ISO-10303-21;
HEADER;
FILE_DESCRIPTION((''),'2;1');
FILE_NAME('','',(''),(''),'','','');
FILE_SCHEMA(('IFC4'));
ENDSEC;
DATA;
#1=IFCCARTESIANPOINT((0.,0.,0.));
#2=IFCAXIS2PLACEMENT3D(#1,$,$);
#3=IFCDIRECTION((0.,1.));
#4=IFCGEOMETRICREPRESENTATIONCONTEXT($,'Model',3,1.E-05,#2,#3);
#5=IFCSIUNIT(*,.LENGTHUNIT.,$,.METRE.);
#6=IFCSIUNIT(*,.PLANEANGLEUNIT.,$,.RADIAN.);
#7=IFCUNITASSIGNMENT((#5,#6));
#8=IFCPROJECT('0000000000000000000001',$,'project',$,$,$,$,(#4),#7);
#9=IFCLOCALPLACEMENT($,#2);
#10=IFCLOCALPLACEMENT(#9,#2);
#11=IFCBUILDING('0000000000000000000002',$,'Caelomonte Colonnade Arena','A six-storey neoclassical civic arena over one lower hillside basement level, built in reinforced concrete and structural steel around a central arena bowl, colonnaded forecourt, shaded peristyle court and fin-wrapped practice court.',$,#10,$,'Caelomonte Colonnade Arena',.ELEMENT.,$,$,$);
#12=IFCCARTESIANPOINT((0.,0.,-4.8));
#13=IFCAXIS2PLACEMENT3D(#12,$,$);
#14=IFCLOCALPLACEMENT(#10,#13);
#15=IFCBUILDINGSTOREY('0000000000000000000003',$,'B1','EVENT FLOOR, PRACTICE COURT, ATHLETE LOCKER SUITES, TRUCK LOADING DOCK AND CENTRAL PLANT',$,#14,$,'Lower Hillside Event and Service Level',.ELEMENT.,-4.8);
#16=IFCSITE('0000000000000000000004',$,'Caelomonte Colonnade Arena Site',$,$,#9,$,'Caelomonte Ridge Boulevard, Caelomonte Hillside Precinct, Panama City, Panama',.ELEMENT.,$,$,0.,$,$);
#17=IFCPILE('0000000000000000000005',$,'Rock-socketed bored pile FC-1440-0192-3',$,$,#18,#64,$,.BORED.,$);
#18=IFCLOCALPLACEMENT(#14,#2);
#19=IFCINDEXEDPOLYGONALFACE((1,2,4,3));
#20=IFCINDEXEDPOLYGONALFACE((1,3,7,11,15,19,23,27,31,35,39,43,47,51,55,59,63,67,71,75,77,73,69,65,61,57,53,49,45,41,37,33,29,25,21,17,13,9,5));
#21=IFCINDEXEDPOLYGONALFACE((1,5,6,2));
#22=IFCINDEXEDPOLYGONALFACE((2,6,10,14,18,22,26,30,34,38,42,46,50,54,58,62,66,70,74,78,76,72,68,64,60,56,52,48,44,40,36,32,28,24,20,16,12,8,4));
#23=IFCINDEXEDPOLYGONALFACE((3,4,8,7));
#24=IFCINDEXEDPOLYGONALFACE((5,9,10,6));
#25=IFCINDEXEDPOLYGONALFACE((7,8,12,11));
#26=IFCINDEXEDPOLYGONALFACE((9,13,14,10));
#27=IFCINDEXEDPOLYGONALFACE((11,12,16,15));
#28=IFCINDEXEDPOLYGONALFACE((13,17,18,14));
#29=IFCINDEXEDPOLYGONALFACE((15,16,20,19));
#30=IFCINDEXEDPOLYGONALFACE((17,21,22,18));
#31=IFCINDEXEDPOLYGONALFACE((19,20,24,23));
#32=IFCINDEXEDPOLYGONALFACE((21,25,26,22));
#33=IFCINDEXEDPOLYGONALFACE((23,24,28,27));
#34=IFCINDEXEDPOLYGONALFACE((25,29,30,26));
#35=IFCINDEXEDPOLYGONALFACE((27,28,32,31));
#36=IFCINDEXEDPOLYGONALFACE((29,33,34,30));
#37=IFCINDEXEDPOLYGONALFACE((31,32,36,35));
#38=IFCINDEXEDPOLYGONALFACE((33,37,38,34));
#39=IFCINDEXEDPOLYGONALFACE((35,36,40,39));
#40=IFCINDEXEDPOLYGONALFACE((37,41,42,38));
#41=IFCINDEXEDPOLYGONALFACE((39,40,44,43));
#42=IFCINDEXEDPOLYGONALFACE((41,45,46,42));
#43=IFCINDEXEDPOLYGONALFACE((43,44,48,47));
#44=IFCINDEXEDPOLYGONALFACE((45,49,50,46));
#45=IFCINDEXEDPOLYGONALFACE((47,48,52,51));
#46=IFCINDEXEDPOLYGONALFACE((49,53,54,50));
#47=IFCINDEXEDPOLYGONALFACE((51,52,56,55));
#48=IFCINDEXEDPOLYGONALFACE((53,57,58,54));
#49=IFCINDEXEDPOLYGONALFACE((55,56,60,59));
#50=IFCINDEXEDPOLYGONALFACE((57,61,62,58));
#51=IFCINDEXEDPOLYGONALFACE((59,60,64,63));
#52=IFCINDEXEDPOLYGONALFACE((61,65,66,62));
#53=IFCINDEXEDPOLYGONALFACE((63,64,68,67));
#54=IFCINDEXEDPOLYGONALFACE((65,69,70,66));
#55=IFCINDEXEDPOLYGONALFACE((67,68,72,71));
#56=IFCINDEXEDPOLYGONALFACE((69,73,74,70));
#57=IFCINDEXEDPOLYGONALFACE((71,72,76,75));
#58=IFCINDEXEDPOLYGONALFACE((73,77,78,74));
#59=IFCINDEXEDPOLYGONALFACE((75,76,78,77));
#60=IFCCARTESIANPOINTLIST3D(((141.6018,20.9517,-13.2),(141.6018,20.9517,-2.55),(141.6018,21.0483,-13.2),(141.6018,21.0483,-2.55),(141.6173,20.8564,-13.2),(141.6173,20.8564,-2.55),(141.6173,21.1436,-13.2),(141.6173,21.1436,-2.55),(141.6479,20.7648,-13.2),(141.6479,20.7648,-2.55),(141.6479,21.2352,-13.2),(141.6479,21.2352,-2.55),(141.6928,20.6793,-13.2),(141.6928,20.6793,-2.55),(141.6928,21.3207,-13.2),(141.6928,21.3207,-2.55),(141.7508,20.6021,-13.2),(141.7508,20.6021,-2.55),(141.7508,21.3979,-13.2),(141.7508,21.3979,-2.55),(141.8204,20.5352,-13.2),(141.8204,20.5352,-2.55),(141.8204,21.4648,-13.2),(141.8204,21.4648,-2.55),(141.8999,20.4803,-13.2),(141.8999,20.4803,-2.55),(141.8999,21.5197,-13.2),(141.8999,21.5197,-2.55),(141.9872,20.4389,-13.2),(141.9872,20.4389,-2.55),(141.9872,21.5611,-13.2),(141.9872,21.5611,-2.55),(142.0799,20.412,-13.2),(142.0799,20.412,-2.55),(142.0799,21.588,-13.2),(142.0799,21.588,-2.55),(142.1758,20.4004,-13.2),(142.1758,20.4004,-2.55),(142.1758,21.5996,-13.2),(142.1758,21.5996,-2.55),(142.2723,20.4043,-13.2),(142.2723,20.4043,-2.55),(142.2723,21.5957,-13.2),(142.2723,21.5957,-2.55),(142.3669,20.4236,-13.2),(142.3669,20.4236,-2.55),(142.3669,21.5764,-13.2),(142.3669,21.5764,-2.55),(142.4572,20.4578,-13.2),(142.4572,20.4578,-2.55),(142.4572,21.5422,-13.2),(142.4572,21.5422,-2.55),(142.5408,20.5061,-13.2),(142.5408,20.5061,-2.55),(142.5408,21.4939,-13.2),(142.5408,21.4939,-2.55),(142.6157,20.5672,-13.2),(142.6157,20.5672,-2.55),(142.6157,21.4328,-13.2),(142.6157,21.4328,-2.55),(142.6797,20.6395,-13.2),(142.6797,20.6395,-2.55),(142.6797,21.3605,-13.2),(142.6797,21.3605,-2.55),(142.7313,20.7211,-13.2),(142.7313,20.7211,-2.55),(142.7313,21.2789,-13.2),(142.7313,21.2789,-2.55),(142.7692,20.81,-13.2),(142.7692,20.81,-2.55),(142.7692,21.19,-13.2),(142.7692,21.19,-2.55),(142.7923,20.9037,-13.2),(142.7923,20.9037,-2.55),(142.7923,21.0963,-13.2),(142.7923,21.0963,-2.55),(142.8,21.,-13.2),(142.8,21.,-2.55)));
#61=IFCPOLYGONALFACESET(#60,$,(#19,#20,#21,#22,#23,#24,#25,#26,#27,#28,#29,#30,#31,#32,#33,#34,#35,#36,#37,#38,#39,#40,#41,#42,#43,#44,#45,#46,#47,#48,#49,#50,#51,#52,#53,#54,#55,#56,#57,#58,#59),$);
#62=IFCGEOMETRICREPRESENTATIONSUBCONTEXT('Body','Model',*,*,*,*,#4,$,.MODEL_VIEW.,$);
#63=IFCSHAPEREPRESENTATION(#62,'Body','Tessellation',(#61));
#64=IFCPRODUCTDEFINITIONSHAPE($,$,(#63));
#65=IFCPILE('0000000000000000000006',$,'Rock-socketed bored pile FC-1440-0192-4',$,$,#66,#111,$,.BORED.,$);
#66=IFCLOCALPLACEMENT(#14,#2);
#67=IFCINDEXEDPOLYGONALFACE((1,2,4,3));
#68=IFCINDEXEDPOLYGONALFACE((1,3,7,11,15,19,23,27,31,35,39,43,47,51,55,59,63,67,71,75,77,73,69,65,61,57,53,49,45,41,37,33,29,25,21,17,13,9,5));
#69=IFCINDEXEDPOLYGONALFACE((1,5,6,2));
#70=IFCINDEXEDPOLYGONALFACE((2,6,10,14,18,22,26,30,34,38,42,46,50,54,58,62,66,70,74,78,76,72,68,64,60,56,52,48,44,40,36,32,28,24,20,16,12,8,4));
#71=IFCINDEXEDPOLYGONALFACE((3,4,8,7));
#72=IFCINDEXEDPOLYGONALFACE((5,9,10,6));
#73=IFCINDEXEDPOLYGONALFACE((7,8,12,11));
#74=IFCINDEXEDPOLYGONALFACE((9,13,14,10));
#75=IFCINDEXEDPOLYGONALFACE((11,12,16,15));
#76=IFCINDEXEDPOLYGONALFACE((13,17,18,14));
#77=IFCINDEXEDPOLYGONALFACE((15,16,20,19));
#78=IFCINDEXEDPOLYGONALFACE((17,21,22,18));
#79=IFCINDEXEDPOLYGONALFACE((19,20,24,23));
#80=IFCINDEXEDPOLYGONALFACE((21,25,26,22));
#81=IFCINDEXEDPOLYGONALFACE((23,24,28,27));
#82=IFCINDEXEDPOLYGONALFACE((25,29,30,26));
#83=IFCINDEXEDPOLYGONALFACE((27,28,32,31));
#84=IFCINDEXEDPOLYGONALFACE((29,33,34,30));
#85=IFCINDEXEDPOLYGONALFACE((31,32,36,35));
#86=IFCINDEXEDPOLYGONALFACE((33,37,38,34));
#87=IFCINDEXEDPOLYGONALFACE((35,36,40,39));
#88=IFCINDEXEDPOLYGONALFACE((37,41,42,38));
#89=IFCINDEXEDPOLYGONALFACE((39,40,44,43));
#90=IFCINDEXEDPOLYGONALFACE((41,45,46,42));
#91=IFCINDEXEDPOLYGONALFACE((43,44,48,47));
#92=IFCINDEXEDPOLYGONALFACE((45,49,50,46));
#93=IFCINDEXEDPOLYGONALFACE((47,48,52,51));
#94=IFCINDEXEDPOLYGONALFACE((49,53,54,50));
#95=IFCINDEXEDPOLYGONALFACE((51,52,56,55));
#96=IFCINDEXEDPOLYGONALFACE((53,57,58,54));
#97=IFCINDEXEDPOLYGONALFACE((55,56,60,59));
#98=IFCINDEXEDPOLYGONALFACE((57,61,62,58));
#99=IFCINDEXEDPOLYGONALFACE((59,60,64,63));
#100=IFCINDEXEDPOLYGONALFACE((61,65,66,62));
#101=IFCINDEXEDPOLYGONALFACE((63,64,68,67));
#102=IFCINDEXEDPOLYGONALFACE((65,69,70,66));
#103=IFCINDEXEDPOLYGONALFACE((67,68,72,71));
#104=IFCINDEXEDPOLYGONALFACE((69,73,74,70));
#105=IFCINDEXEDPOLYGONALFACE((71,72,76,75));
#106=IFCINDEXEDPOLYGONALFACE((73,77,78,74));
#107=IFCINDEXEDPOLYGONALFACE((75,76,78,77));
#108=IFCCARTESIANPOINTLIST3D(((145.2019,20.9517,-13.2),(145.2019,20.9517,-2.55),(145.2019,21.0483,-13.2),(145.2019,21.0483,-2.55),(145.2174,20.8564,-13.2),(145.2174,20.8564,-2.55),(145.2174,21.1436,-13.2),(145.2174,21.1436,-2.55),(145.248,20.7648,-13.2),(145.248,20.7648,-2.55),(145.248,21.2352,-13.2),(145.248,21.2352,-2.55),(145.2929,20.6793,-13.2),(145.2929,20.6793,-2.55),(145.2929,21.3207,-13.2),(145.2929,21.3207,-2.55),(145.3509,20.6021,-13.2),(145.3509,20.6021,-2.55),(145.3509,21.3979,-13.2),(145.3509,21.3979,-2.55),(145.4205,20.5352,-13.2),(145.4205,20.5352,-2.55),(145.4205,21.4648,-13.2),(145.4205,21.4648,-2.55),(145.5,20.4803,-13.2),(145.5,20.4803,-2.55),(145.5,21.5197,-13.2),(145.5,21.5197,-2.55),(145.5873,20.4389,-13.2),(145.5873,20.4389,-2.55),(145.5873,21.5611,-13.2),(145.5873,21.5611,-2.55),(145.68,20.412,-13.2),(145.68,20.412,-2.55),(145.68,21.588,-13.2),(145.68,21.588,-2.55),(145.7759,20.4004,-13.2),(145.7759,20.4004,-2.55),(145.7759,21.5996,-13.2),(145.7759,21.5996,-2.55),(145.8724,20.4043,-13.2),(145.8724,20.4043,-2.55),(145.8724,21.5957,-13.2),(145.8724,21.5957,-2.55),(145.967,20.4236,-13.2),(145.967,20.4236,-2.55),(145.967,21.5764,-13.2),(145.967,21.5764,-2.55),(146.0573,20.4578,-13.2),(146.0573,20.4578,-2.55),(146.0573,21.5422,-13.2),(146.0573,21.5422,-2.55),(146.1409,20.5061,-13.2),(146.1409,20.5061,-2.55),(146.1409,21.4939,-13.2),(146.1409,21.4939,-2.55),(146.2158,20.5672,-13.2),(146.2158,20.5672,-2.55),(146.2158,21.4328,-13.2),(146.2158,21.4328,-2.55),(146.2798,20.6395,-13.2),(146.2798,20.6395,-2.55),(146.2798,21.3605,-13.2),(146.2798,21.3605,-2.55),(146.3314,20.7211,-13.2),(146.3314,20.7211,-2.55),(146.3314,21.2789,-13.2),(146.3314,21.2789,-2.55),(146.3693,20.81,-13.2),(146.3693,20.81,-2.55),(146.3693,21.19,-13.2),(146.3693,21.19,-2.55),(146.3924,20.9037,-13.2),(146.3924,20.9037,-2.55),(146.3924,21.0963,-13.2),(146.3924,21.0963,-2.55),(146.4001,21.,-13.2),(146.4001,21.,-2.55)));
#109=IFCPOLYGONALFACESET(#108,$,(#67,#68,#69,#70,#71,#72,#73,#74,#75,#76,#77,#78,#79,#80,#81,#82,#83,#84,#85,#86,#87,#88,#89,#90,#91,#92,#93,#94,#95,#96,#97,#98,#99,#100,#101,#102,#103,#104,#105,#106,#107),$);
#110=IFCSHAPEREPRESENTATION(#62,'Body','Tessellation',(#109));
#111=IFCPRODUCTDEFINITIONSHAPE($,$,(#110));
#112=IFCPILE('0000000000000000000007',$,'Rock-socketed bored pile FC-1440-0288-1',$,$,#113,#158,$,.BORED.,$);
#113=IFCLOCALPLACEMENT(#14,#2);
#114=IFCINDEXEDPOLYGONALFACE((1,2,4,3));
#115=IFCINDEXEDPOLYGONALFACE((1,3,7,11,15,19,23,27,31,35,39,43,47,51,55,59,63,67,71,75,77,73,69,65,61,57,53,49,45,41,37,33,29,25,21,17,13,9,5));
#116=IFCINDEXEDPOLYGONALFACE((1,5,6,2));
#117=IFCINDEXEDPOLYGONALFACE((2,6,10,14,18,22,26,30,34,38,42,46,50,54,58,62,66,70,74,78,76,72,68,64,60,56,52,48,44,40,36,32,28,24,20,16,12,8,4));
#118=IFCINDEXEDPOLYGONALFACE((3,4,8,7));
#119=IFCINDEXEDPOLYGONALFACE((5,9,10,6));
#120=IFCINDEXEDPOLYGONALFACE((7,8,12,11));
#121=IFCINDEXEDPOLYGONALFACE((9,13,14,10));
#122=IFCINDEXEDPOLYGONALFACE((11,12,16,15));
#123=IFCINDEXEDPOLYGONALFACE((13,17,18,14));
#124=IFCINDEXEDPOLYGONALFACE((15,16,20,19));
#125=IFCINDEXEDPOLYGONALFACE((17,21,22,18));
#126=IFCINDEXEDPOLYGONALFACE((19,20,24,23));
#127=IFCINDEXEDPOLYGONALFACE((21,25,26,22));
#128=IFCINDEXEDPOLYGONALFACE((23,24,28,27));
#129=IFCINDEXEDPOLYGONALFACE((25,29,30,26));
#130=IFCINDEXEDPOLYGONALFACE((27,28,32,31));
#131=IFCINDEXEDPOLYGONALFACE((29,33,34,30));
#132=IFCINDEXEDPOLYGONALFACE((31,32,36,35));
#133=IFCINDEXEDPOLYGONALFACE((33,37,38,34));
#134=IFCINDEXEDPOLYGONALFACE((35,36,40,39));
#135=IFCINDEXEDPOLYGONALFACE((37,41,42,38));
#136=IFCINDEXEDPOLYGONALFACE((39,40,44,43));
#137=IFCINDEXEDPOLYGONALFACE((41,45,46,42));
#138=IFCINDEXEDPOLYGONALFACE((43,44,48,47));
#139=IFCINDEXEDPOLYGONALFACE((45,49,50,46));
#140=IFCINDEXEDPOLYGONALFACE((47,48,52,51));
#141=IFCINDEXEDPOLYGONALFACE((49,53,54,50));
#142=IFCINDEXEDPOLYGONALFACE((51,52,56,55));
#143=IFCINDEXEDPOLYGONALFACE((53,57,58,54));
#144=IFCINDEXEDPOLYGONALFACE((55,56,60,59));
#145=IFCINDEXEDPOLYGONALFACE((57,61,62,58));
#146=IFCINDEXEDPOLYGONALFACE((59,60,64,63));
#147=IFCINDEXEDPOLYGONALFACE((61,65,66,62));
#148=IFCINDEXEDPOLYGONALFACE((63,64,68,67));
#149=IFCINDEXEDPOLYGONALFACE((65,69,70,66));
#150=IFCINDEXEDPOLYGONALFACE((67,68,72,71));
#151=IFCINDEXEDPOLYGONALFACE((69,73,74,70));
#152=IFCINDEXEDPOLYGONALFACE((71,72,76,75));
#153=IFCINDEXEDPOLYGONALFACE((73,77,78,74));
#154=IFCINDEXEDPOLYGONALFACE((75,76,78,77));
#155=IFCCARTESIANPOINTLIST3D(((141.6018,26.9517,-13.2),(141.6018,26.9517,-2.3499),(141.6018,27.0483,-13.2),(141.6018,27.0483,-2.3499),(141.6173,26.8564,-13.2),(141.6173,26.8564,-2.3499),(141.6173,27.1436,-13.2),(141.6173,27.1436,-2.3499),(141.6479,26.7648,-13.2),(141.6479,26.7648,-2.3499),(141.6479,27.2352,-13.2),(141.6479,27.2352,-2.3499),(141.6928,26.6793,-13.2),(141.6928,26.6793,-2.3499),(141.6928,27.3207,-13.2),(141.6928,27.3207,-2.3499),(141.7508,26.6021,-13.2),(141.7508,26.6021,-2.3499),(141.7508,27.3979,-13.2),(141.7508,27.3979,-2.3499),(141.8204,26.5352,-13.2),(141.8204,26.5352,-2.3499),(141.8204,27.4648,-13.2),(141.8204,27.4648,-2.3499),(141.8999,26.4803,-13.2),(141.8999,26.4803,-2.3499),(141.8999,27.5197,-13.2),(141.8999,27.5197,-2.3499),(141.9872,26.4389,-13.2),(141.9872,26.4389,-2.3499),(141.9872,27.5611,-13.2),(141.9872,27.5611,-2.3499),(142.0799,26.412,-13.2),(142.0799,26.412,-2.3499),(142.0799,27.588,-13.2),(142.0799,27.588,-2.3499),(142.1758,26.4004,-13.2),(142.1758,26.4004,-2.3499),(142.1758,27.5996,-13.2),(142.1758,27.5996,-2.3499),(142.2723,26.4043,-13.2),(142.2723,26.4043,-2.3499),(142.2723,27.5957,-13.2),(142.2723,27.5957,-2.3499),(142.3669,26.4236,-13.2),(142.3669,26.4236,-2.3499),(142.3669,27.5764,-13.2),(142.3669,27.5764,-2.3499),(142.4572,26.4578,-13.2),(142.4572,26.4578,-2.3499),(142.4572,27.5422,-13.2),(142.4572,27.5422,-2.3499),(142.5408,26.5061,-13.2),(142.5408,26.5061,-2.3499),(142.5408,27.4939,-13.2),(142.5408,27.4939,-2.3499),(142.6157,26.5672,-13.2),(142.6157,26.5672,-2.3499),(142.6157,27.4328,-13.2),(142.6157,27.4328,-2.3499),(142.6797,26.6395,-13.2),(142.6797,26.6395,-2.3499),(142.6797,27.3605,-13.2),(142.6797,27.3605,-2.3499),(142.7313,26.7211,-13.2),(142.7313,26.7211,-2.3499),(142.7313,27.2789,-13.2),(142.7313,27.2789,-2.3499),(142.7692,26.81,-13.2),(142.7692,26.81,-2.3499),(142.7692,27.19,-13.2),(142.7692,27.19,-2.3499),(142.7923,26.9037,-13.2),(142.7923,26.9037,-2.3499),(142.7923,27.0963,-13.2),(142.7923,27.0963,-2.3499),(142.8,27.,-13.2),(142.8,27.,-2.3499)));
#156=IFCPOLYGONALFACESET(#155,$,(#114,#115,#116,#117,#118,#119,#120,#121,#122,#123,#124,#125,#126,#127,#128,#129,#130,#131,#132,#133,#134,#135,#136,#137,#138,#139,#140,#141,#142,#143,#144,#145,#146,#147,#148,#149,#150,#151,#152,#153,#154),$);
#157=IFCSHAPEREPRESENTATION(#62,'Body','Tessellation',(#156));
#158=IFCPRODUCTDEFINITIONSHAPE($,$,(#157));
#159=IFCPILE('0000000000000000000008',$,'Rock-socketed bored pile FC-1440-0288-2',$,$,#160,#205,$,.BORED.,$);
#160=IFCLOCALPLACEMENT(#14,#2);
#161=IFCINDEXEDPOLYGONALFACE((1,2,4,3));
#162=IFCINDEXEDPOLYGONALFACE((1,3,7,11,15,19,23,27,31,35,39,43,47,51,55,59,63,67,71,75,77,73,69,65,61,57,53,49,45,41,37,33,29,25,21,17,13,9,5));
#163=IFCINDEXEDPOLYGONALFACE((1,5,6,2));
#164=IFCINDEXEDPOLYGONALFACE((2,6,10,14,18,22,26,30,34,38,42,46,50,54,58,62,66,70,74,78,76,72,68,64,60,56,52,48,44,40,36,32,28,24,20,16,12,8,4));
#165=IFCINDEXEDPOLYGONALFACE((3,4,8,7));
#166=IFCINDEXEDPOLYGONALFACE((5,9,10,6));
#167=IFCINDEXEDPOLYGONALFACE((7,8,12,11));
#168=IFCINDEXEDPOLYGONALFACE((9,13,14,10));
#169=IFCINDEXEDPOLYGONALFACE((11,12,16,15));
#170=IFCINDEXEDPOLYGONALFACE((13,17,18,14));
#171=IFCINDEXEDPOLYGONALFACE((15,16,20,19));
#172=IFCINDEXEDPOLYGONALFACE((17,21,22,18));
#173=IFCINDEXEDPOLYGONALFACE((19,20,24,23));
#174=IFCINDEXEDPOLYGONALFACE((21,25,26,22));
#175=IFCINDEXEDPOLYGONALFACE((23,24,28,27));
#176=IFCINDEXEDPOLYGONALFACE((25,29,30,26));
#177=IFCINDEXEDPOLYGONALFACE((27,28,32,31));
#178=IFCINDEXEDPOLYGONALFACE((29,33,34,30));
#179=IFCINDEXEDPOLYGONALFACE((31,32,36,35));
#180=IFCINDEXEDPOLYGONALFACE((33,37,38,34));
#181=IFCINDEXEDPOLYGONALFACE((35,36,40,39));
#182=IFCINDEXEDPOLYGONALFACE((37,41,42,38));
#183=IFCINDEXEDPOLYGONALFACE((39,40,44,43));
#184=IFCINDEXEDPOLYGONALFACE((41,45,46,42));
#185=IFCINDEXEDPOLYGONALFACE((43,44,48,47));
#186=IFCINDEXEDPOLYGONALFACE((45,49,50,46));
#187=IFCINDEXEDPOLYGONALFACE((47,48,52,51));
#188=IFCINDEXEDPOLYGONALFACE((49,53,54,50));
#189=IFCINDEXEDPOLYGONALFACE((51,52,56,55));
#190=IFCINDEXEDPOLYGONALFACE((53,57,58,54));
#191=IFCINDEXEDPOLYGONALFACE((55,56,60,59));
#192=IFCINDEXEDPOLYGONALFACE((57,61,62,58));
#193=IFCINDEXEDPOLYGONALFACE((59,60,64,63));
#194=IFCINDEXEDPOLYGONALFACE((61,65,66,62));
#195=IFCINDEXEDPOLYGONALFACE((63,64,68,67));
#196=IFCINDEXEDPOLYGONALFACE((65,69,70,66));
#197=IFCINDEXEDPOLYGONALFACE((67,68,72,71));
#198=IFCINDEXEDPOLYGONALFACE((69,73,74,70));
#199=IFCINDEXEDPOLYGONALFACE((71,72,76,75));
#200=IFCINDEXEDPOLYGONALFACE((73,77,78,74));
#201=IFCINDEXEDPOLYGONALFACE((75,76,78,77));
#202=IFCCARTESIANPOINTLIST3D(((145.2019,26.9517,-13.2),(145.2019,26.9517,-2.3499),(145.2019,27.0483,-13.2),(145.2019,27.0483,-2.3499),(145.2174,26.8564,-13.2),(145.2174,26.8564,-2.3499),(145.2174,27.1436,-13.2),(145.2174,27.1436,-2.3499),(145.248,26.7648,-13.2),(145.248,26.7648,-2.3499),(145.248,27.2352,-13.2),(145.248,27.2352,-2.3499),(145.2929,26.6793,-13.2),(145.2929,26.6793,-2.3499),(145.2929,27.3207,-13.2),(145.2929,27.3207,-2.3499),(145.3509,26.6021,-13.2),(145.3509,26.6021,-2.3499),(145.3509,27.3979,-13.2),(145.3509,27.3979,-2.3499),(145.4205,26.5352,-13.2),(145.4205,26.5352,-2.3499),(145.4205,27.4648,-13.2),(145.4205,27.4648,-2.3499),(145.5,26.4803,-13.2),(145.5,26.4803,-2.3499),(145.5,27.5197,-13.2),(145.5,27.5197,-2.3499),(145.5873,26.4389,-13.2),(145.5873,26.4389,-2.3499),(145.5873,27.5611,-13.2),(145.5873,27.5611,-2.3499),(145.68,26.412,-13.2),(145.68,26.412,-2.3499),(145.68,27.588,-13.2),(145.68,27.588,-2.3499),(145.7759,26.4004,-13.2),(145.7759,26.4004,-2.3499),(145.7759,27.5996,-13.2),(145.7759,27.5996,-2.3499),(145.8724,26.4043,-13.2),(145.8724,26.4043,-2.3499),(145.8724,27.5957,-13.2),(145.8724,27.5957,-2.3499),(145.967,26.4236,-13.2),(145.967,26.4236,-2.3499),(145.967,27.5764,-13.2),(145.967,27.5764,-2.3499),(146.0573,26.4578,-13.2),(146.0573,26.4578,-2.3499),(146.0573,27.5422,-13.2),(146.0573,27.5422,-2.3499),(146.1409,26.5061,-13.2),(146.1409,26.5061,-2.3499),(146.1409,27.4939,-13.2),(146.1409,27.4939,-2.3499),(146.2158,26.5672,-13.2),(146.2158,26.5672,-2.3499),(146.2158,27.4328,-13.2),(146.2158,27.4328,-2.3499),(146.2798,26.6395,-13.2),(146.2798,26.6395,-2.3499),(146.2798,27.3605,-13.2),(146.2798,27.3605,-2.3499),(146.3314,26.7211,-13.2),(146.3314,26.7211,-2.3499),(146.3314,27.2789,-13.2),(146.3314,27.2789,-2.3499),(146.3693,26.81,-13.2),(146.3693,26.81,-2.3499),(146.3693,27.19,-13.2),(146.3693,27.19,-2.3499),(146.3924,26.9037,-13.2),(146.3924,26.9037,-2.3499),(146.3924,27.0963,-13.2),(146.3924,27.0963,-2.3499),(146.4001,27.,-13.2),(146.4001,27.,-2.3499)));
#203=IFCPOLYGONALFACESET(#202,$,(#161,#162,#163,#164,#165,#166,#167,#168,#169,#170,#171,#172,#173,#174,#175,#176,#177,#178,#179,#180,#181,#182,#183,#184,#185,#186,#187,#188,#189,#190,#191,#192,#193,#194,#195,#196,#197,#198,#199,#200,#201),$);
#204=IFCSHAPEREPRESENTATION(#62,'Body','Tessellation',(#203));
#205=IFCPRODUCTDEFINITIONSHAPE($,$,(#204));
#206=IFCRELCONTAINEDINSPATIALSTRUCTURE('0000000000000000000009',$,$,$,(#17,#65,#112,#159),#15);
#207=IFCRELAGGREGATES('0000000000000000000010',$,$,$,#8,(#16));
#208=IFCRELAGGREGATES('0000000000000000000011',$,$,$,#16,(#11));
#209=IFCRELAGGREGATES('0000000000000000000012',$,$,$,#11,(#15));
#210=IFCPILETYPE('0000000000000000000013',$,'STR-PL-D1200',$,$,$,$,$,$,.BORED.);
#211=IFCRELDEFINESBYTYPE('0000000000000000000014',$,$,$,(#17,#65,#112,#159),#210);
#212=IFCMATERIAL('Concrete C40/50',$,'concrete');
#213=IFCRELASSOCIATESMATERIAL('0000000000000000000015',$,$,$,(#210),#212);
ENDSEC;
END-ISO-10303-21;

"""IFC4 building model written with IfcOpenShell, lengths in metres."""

from ifc_helpers import new_model, si_unit, direction, frame, origin, origin_2d, place, context, subcontext, project, spatial, circle, extrude, material, material_profile, profile_set, type_object, element, save


model = new_model("IFC4")

# Units and contexts
model_context = context("Model", 3, precision=1e-05, world=origin(), true_north=direction((0.0, 1.0)))
body_context = subcontext(model_context, "Body", "Model", "MODEL_VIEW")
ifc_project = project(units=[si_unit("LENGTHUNIT", "METRE"), si_unit("PLANEANGLEUNIT", "RADIAN")], contexts=[model_context])

# Site, building, storey
site_placement = place(None, origin())
site = spatial("IfcSite", under=ifc_project, at=site_placement, Name="Caelomonte Colonnade Arena Site", LongName="Caelomonte Ridge Boulevard, Caelomonte Hillside Precinct, Panama City, Panama", CompositionType="ELEMENT", RefElevation=0.0)
building_placement = place(site_placement, origin())
building = spatial("IfcBuilding", under=site, at=building_placement, Name="Caelomonte Colonnade Arena", Description="A six-storey neoclassical civic arena over one lower hillside basement level, built in reinforced concrete and structural steel around a central arena bowl, colonnaded forecourt, shaded peristyle court and fin-wrapped practice court.", LongName="Caelomonte Colonnade Arena", CompositionType="ELEMENT")
storey_placement = place(building_placement, frame((0.0, 0.0, -4.8)))
storey = spatial("IfcBuildingStorey", under=building, at=storey_placement, Name="B1", Description="EVENT FLOOR, PRACTICE COURT, ATHLETE LOCKER SUITES, TRUCK LOADING DOCK AND CENTRAL PLANT", LongName="Lower Hillside Event and Service Level", CompositionType="ELEMENT", Elevation=-4.8)

# Shared definitions
ifc_material_1 = material(Name="Concrete C40/50", Category="concrete")

# Piles
ifc_material_profile_1 = material_profile(ifc_material_1, circle(Radius=0.6001, at=origin_2d()), Name="PILE-D1200")
ifc_profile_set_1 = profile_set([ifc_material_profile_1], Name="Concrete C40/50")
pile_type_1 = type_object("IfcPileType", Name="STR-PL-D1200", PredefinedType="BORED", material=ifc_profile_set_1)
for number, where, z_axis, x_axis, name in (
    (1, (142.2, 21.0, -2.55), (0.0, 0.0, -1.0), (1.0, 0.0, 0.0), "Rock-socketed bored pile FC-1440-0192-3"),
    (2, (145.8, 21.0, -2.55), (0.0, 0.0, -1.0), (1.0, 0.0, 0.0), "Rock-socketed bored pile FC-1440-0192-4"),
):
    element("IfcPile", number, at=place(storey_placement, frame(where, z_axis=z_axis, x_axis=x_axis)), inside=storey, type_object=pile_type_1, Name=name, PredefinedType="BORED", context=body_context, shape_type="SweptSolid", body=[
        extrude(circle(Radius=0.6001, at=origin_2d()), origin(), (0.0, 0.0, 1.0), 10.6499),
    ])
for number, where, z_axis, x_axis, name in (
    (3, (142.2, 27.0, -2.3499), (0.0, 0.0, -1.0), (1.0, 0.0, 0.0), "Rock-socketed bored pile FC-1440-0288-1"),
    (4, (145.8, 27.0, -2.3499), (0.0, 0.0, -1.0), (1.0, 0.0, 0.0), "Rock-socketed bored pile FC-1440-0288-2"),
):
    element("IfcPile", number, at=place(storey_placement, frame(where, z_axis=z_axis, x_axis=x_axis)), inside=storey, type_object=pile_type_1, Name=name, PredefinedType="BORED", context=body_context, shape_type="SweptSolid", body=[
        extrude(circle(Radius=0.6001, at=origin_2d()), origin(), (0.0, 0.0, 1.0), 10.8501),
    ])

save(model, "model.ifc")
